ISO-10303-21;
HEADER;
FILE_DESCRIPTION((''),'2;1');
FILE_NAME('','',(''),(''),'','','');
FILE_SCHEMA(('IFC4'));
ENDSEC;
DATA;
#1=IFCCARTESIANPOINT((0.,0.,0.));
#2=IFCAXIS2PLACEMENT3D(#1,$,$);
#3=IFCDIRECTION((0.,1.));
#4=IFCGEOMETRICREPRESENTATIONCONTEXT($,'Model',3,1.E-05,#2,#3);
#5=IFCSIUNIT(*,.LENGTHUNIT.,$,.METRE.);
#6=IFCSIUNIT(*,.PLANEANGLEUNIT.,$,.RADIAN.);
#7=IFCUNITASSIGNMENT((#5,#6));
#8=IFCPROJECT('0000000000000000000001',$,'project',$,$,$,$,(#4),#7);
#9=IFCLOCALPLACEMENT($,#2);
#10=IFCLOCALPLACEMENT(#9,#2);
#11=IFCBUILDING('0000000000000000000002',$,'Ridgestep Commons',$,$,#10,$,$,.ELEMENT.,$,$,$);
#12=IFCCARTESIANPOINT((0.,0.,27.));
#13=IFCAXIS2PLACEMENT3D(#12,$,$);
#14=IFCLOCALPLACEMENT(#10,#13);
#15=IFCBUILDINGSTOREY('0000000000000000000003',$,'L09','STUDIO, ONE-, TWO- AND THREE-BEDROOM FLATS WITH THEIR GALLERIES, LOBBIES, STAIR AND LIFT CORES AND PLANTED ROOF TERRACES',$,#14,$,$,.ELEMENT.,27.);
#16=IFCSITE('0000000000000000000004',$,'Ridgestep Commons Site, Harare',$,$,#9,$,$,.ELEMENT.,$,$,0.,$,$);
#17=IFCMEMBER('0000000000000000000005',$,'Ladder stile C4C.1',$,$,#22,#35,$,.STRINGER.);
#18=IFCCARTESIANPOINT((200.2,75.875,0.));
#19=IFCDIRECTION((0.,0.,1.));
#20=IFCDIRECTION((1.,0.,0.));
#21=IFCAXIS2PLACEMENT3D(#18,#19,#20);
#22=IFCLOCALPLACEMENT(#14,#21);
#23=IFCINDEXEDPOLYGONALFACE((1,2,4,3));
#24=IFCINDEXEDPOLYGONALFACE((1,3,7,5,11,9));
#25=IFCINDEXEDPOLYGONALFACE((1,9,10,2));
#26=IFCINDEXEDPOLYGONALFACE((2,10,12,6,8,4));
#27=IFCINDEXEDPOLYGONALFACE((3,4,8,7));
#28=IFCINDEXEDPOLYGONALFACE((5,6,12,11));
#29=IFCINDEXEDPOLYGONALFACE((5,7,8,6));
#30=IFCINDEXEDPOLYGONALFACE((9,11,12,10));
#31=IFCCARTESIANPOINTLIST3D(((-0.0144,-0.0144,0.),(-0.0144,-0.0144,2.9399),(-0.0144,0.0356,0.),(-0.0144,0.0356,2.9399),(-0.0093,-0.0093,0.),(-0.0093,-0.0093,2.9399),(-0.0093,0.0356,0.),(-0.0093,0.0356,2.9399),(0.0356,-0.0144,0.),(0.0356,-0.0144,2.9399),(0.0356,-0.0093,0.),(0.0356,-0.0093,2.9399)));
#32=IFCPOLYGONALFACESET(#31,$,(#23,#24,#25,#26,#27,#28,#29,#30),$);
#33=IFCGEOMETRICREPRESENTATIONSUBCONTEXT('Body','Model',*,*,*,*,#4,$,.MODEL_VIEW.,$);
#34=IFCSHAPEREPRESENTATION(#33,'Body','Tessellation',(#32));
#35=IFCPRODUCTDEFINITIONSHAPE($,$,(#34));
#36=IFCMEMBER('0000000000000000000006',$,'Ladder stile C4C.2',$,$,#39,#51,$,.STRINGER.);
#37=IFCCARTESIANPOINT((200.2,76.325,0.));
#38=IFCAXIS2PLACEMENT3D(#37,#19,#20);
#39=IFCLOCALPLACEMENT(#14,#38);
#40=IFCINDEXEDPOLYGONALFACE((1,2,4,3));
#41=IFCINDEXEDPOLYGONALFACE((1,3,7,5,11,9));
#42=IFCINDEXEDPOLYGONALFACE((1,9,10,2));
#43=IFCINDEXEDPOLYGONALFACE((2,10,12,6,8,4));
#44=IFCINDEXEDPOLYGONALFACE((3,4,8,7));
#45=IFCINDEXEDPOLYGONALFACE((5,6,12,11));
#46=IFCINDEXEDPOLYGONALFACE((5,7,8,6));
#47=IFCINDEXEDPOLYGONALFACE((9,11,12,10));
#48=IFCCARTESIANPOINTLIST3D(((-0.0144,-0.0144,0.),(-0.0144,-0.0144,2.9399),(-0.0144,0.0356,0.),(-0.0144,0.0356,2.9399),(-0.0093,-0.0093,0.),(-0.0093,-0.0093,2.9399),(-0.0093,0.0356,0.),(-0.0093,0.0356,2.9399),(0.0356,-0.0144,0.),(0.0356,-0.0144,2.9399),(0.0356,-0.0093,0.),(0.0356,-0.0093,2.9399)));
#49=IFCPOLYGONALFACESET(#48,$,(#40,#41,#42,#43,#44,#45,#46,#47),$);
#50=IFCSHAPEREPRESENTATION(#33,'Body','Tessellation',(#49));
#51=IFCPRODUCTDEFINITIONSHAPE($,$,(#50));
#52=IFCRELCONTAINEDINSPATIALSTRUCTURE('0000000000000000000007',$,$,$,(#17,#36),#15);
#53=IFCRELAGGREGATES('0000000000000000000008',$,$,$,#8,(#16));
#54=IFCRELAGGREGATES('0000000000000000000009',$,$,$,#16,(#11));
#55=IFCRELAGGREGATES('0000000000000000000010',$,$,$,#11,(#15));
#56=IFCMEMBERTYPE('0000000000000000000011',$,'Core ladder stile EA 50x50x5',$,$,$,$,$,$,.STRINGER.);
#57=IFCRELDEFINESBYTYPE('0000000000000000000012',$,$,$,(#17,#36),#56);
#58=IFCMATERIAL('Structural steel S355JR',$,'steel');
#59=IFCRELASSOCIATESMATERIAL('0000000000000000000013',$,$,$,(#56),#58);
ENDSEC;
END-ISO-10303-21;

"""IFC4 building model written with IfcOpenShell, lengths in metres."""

from ifc_helpers import new_model, si_unit, direction, frame, origin, place, context, subcontext, project, spatial, polyline, outline, extrude, material, material_profile, profile_set, type_object, element, save


model = new_model("IFC4")

# Units and contexts
model_context = context("Model", 3, precision=1e-05, world=origin(), true_north=direction((0.0, 1.0)))
body_context = subcontext(model_context, "Body", "Model", "MODEL_VIEW")
ifc_project = project(units=[si_unit("LENGTHUNIT", "METRE"), si_unit("PLANEANGLEUNIT", "RADIAN")], contexts=[model_context])

# Site, building, storey
site_placement = place(None, origin())
site = spatial("IfcSite", under=ifc_project, at=site_placement, Name="Ridgestep Commons Site, Harare", CompositionType="ELEMENT", RefElevation=0.0)
building_placement = place(site_placement, origin())
building = spatial("IfcBuilding", under=site, at=building_placement, Name="Ridgestep Commons", CompositionType="ELEMENT")
storey_placement = place(building_placement, frame((0.0, 0.0, 27.0)))
storey = spatial("IfcBuildingStorey", under=building, at=storey_placement, Name="L09", Description="STUDIO, ONE-, TWO- AND THREE-BEDROOM FLATS WITH THEIR GALLERIES, LOBBIES, STAIR AND LIFT CORES AND PLANTED ROOF TERRACES", CompositionType="ELEMENT", Elevation=27.0)

# Members
ifc_material_1 = material(Name="Structural steel S355JR", Category="steel")
ifc_material_profile_1 = material_profile(ifc_material_1, outline(polyline([(-0.0144, -0.0144), (0.0356, -0.0144), (0.0356, -0.0093), (-0.0093, -0.0093), (-0.0093, 0.0356), (-0.0144, 0.0356), (-0.0144, -0.0144)])), Name="EA 50x50x5")
ifc_profile_set_1 = profile_set([ifc_material_profile_1], Name="Structural steel S355JR")
member_type_1 = type_object("IfcMemberType", Name="Core ladder stile EA 50x50x5", PredefinedType="STRINGER", material=ifc_profile_set_1)
for number, where, z_axis, x_axis, name in (
    (1, (200.2, 75.875, 0.0), (0.0, 0.0, 1.0), (1.0, 0.0, 0.0), "Ladder stile C4C.1"),
    (2, (200.2, 76.325, 0.0), (0.0, 0.0, 1.0), (1.0, 0.0, 0.0), "Ladder stile C4C.2"),
):
    element("IfcMember", number, at=place(storey_placement, frame(where, z_axis=z_axis, x_axis=x_axis)), inside=storey, type_object=member_type_1, Name=name, PredefinedType="STRINGER", context=body_context, shape_type="SweptSolid", body=[
        extrude(outline(polyline([(-0.0144, -0.0144), (0.0356, -0.0144), (0.0356, -0.0093), (-0.0093, -0.0093), (-0.0093, 0.0356), (-0.0144, 0.0356), (-0.0144, -0.0144)])), origin(), (0.0, 0.0, 1.0), 2.9399),
    ])

save(model, "model.ifc")
